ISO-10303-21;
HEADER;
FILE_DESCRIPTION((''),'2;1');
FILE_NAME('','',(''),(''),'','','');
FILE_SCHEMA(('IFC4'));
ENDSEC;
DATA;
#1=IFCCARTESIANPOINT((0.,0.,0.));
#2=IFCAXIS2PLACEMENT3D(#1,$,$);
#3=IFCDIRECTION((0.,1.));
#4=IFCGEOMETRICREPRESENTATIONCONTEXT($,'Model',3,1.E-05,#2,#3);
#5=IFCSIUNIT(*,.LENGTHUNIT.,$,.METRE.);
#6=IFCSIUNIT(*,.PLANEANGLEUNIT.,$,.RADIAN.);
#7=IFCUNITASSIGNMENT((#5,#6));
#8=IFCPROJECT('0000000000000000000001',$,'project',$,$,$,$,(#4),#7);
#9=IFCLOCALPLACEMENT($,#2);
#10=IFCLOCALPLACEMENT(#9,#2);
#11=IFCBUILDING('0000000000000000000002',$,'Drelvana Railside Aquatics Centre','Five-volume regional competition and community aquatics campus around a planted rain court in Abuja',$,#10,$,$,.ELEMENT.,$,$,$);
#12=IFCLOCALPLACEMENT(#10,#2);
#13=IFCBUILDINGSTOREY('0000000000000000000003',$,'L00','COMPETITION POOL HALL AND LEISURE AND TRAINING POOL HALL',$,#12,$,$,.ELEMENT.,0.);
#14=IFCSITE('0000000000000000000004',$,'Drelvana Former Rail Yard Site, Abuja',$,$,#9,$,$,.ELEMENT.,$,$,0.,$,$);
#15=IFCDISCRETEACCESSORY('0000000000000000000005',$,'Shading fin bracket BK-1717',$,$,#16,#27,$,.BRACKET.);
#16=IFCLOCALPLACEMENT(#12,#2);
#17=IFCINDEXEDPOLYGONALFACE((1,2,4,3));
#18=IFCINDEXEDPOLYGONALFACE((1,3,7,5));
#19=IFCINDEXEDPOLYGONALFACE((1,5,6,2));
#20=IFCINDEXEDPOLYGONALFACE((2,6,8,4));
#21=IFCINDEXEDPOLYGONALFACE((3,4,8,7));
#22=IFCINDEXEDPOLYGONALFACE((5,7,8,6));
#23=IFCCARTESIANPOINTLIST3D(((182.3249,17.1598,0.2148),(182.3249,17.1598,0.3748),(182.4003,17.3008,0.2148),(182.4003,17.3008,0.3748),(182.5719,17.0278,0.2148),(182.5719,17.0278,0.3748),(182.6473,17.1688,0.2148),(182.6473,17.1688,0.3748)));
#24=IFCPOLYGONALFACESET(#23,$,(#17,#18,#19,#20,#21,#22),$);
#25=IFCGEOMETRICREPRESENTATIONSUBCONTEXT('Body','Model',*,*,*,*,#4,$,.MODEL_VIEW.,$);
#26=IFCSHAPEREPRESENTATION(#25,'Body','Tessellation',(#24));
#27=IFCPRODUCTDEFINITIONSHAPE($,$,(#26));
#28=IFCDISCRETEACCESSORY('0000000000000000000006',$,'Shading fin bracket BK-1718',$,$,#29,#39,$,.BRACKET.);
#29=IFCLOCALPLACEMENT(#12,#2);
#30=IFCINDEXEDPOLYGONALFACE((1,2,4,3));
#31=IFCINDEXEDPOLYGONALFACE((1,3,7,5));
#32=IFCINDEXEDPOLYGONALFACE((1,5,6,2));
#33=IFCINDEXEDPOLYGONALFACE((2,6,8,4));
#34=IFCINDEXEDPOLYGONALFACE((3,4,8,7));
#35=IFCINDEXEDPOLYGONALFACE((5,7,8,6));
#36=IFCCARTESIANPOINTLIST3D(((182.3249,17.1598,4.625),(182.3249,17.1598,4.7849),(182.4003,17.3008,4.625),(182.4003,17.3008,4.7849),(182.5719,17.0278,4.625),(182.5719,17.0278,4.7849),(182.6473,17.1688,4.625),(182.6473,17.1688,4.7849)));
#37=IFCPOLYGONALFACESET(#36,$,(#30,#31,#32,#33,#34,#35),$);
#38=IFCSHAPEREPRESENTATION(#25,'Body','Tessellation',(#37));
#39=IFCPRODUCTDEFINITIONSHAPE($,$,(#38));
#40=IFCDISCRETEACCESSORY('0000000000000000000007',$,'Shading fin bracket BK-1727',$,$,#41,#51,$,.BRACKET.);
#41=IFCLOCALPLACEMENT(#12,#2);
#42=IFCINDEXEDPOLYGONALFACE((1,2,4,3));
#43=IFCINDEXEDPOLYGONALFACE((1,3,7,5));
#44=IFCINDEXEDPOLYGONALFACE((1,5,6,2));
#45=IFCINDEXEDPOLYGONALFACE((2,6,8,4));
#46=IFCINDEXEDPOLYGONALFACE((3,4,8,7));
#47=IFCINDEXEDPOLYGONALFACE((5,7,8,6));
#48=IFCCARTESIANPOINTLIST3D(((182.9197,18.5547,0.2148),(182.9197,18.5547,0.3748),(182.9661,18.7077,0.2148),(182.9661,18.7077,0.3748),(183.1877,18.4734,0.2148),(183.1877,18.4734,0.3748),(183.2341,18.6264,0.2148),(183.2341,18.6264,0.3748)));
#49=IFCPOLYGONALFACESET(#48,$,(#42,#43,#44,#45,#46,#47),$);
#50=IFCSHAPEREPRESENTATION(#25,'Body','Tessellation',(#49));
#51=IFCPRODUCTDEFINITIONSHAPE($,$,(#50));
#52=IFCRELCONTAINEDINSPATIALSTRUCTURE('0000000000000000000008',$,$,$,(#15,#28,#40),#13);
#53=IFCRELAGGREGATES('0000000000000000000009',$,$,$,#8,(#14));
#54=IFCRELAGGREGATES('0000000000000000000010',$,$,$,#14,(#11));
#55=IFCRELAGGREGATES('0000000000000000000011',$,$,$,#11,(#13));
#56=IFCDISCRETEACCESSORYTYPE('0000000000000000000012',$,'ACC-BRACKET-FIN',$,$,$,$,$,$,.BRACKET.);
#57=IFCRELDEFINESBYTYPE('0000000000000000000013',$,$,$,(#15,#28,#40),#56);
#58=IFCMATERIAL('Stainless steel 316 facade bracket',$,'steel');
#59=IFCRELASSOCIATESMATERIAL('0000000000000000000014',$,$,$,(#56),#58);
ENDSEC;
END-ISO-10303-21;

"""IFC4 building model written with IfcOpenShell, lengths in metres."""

from ifc_helpers import new_model, si_unit, direction, frame, origin, origin_2d, place, context, subcontext, project, spatial, rectangle, extrude, material, type_object, element, save


model = new_model("IFC4")

# Units and contexts
model_context = context("Model", 3, precision=1e-05, world=origin(), true_north=direction((0.0, 1.0)))
body_context = subcontext(model_context, "Body", "Model", "MODEL_VIEW")
ifc_project = project(units=[si_unit("LENGTHUNIT", "METRE"), si_unit("PLANEANGLEUNIT", "RADIAN")], contexts=[model_context])

# Site, building, storey
site_placement = place(None, origin())
site = spatial("IfcSite", under=ifc_project, at=site_placement, Name="Drelvana Former Rail Yard Site, Abuja", CompositionType="ELEMENT", RefElevation=0.0)
building_placement = place(site_placement, origin())
building = spatial("IfcBuilding", under=site, at=building_placement, Name="Drelvana Railside Aquatics Centre", Description="Five-volume regional competition and community aquatics campus around a planted rain court in Abuja", CompositionType="ELEMENT")
storey_placement = place(building_placement, origin())
storey = spatial("IfcBuildingStorey", under=building, at=storey_placement, Name="L00", Description="COMPETITION POOL HALL AND LEISURE AND TRAINING POOL HALL", CompositionType="ELEMENT", Elevation=0.0)

# Discrete accessories
ifc_material_1 = material(Name="Stainless steel 316 facade bracket", Category="steel")
discrete_accessory_type = type_object("IfcDiscreteAccessoryType", Name="ACC-BRACKET-FIN", PredefinedType="BRACKET", material=ifc_material_1)
for number, where, z_axis, x_axis, name in (
    (1, (182.4861, 17.1643, 0.2148), (0.0, 0.0, 1.0), (0.881921, -0.471397, 0.0), "Shading fin bracket BK-1717"),
    (2, (182.4861, 17.1643, 4.625), (0.0, 0.0, 1.0), (0.881921, -0.471397, 0.0), "Shading fin bracket BK-1718"),
    (3, (183.0769, 18.5906, 0.2148), (0.0, 0.0, 1.0), (0.95694, -0.290285, 0.0), "Shading fin bracket BK-1727"),
):
    element("IfcDiscreteAccessory", number, at=place(storey_placement, frame(where, z_axis=z_axis, x_axis=x_axis)), inside=storey, type_object=discrete_accessory_type, Name=name, PredefinedType="BRACKET", context=body_context, shape_type="SweptSolid", body=[
        extrude(rectangle(XDim=0.28, YDim=0.1599, at=origin_2d()), origin(), (0.0, 0.0, 1.0), 0.1599),
    ])

save(model, "model.ifc")
